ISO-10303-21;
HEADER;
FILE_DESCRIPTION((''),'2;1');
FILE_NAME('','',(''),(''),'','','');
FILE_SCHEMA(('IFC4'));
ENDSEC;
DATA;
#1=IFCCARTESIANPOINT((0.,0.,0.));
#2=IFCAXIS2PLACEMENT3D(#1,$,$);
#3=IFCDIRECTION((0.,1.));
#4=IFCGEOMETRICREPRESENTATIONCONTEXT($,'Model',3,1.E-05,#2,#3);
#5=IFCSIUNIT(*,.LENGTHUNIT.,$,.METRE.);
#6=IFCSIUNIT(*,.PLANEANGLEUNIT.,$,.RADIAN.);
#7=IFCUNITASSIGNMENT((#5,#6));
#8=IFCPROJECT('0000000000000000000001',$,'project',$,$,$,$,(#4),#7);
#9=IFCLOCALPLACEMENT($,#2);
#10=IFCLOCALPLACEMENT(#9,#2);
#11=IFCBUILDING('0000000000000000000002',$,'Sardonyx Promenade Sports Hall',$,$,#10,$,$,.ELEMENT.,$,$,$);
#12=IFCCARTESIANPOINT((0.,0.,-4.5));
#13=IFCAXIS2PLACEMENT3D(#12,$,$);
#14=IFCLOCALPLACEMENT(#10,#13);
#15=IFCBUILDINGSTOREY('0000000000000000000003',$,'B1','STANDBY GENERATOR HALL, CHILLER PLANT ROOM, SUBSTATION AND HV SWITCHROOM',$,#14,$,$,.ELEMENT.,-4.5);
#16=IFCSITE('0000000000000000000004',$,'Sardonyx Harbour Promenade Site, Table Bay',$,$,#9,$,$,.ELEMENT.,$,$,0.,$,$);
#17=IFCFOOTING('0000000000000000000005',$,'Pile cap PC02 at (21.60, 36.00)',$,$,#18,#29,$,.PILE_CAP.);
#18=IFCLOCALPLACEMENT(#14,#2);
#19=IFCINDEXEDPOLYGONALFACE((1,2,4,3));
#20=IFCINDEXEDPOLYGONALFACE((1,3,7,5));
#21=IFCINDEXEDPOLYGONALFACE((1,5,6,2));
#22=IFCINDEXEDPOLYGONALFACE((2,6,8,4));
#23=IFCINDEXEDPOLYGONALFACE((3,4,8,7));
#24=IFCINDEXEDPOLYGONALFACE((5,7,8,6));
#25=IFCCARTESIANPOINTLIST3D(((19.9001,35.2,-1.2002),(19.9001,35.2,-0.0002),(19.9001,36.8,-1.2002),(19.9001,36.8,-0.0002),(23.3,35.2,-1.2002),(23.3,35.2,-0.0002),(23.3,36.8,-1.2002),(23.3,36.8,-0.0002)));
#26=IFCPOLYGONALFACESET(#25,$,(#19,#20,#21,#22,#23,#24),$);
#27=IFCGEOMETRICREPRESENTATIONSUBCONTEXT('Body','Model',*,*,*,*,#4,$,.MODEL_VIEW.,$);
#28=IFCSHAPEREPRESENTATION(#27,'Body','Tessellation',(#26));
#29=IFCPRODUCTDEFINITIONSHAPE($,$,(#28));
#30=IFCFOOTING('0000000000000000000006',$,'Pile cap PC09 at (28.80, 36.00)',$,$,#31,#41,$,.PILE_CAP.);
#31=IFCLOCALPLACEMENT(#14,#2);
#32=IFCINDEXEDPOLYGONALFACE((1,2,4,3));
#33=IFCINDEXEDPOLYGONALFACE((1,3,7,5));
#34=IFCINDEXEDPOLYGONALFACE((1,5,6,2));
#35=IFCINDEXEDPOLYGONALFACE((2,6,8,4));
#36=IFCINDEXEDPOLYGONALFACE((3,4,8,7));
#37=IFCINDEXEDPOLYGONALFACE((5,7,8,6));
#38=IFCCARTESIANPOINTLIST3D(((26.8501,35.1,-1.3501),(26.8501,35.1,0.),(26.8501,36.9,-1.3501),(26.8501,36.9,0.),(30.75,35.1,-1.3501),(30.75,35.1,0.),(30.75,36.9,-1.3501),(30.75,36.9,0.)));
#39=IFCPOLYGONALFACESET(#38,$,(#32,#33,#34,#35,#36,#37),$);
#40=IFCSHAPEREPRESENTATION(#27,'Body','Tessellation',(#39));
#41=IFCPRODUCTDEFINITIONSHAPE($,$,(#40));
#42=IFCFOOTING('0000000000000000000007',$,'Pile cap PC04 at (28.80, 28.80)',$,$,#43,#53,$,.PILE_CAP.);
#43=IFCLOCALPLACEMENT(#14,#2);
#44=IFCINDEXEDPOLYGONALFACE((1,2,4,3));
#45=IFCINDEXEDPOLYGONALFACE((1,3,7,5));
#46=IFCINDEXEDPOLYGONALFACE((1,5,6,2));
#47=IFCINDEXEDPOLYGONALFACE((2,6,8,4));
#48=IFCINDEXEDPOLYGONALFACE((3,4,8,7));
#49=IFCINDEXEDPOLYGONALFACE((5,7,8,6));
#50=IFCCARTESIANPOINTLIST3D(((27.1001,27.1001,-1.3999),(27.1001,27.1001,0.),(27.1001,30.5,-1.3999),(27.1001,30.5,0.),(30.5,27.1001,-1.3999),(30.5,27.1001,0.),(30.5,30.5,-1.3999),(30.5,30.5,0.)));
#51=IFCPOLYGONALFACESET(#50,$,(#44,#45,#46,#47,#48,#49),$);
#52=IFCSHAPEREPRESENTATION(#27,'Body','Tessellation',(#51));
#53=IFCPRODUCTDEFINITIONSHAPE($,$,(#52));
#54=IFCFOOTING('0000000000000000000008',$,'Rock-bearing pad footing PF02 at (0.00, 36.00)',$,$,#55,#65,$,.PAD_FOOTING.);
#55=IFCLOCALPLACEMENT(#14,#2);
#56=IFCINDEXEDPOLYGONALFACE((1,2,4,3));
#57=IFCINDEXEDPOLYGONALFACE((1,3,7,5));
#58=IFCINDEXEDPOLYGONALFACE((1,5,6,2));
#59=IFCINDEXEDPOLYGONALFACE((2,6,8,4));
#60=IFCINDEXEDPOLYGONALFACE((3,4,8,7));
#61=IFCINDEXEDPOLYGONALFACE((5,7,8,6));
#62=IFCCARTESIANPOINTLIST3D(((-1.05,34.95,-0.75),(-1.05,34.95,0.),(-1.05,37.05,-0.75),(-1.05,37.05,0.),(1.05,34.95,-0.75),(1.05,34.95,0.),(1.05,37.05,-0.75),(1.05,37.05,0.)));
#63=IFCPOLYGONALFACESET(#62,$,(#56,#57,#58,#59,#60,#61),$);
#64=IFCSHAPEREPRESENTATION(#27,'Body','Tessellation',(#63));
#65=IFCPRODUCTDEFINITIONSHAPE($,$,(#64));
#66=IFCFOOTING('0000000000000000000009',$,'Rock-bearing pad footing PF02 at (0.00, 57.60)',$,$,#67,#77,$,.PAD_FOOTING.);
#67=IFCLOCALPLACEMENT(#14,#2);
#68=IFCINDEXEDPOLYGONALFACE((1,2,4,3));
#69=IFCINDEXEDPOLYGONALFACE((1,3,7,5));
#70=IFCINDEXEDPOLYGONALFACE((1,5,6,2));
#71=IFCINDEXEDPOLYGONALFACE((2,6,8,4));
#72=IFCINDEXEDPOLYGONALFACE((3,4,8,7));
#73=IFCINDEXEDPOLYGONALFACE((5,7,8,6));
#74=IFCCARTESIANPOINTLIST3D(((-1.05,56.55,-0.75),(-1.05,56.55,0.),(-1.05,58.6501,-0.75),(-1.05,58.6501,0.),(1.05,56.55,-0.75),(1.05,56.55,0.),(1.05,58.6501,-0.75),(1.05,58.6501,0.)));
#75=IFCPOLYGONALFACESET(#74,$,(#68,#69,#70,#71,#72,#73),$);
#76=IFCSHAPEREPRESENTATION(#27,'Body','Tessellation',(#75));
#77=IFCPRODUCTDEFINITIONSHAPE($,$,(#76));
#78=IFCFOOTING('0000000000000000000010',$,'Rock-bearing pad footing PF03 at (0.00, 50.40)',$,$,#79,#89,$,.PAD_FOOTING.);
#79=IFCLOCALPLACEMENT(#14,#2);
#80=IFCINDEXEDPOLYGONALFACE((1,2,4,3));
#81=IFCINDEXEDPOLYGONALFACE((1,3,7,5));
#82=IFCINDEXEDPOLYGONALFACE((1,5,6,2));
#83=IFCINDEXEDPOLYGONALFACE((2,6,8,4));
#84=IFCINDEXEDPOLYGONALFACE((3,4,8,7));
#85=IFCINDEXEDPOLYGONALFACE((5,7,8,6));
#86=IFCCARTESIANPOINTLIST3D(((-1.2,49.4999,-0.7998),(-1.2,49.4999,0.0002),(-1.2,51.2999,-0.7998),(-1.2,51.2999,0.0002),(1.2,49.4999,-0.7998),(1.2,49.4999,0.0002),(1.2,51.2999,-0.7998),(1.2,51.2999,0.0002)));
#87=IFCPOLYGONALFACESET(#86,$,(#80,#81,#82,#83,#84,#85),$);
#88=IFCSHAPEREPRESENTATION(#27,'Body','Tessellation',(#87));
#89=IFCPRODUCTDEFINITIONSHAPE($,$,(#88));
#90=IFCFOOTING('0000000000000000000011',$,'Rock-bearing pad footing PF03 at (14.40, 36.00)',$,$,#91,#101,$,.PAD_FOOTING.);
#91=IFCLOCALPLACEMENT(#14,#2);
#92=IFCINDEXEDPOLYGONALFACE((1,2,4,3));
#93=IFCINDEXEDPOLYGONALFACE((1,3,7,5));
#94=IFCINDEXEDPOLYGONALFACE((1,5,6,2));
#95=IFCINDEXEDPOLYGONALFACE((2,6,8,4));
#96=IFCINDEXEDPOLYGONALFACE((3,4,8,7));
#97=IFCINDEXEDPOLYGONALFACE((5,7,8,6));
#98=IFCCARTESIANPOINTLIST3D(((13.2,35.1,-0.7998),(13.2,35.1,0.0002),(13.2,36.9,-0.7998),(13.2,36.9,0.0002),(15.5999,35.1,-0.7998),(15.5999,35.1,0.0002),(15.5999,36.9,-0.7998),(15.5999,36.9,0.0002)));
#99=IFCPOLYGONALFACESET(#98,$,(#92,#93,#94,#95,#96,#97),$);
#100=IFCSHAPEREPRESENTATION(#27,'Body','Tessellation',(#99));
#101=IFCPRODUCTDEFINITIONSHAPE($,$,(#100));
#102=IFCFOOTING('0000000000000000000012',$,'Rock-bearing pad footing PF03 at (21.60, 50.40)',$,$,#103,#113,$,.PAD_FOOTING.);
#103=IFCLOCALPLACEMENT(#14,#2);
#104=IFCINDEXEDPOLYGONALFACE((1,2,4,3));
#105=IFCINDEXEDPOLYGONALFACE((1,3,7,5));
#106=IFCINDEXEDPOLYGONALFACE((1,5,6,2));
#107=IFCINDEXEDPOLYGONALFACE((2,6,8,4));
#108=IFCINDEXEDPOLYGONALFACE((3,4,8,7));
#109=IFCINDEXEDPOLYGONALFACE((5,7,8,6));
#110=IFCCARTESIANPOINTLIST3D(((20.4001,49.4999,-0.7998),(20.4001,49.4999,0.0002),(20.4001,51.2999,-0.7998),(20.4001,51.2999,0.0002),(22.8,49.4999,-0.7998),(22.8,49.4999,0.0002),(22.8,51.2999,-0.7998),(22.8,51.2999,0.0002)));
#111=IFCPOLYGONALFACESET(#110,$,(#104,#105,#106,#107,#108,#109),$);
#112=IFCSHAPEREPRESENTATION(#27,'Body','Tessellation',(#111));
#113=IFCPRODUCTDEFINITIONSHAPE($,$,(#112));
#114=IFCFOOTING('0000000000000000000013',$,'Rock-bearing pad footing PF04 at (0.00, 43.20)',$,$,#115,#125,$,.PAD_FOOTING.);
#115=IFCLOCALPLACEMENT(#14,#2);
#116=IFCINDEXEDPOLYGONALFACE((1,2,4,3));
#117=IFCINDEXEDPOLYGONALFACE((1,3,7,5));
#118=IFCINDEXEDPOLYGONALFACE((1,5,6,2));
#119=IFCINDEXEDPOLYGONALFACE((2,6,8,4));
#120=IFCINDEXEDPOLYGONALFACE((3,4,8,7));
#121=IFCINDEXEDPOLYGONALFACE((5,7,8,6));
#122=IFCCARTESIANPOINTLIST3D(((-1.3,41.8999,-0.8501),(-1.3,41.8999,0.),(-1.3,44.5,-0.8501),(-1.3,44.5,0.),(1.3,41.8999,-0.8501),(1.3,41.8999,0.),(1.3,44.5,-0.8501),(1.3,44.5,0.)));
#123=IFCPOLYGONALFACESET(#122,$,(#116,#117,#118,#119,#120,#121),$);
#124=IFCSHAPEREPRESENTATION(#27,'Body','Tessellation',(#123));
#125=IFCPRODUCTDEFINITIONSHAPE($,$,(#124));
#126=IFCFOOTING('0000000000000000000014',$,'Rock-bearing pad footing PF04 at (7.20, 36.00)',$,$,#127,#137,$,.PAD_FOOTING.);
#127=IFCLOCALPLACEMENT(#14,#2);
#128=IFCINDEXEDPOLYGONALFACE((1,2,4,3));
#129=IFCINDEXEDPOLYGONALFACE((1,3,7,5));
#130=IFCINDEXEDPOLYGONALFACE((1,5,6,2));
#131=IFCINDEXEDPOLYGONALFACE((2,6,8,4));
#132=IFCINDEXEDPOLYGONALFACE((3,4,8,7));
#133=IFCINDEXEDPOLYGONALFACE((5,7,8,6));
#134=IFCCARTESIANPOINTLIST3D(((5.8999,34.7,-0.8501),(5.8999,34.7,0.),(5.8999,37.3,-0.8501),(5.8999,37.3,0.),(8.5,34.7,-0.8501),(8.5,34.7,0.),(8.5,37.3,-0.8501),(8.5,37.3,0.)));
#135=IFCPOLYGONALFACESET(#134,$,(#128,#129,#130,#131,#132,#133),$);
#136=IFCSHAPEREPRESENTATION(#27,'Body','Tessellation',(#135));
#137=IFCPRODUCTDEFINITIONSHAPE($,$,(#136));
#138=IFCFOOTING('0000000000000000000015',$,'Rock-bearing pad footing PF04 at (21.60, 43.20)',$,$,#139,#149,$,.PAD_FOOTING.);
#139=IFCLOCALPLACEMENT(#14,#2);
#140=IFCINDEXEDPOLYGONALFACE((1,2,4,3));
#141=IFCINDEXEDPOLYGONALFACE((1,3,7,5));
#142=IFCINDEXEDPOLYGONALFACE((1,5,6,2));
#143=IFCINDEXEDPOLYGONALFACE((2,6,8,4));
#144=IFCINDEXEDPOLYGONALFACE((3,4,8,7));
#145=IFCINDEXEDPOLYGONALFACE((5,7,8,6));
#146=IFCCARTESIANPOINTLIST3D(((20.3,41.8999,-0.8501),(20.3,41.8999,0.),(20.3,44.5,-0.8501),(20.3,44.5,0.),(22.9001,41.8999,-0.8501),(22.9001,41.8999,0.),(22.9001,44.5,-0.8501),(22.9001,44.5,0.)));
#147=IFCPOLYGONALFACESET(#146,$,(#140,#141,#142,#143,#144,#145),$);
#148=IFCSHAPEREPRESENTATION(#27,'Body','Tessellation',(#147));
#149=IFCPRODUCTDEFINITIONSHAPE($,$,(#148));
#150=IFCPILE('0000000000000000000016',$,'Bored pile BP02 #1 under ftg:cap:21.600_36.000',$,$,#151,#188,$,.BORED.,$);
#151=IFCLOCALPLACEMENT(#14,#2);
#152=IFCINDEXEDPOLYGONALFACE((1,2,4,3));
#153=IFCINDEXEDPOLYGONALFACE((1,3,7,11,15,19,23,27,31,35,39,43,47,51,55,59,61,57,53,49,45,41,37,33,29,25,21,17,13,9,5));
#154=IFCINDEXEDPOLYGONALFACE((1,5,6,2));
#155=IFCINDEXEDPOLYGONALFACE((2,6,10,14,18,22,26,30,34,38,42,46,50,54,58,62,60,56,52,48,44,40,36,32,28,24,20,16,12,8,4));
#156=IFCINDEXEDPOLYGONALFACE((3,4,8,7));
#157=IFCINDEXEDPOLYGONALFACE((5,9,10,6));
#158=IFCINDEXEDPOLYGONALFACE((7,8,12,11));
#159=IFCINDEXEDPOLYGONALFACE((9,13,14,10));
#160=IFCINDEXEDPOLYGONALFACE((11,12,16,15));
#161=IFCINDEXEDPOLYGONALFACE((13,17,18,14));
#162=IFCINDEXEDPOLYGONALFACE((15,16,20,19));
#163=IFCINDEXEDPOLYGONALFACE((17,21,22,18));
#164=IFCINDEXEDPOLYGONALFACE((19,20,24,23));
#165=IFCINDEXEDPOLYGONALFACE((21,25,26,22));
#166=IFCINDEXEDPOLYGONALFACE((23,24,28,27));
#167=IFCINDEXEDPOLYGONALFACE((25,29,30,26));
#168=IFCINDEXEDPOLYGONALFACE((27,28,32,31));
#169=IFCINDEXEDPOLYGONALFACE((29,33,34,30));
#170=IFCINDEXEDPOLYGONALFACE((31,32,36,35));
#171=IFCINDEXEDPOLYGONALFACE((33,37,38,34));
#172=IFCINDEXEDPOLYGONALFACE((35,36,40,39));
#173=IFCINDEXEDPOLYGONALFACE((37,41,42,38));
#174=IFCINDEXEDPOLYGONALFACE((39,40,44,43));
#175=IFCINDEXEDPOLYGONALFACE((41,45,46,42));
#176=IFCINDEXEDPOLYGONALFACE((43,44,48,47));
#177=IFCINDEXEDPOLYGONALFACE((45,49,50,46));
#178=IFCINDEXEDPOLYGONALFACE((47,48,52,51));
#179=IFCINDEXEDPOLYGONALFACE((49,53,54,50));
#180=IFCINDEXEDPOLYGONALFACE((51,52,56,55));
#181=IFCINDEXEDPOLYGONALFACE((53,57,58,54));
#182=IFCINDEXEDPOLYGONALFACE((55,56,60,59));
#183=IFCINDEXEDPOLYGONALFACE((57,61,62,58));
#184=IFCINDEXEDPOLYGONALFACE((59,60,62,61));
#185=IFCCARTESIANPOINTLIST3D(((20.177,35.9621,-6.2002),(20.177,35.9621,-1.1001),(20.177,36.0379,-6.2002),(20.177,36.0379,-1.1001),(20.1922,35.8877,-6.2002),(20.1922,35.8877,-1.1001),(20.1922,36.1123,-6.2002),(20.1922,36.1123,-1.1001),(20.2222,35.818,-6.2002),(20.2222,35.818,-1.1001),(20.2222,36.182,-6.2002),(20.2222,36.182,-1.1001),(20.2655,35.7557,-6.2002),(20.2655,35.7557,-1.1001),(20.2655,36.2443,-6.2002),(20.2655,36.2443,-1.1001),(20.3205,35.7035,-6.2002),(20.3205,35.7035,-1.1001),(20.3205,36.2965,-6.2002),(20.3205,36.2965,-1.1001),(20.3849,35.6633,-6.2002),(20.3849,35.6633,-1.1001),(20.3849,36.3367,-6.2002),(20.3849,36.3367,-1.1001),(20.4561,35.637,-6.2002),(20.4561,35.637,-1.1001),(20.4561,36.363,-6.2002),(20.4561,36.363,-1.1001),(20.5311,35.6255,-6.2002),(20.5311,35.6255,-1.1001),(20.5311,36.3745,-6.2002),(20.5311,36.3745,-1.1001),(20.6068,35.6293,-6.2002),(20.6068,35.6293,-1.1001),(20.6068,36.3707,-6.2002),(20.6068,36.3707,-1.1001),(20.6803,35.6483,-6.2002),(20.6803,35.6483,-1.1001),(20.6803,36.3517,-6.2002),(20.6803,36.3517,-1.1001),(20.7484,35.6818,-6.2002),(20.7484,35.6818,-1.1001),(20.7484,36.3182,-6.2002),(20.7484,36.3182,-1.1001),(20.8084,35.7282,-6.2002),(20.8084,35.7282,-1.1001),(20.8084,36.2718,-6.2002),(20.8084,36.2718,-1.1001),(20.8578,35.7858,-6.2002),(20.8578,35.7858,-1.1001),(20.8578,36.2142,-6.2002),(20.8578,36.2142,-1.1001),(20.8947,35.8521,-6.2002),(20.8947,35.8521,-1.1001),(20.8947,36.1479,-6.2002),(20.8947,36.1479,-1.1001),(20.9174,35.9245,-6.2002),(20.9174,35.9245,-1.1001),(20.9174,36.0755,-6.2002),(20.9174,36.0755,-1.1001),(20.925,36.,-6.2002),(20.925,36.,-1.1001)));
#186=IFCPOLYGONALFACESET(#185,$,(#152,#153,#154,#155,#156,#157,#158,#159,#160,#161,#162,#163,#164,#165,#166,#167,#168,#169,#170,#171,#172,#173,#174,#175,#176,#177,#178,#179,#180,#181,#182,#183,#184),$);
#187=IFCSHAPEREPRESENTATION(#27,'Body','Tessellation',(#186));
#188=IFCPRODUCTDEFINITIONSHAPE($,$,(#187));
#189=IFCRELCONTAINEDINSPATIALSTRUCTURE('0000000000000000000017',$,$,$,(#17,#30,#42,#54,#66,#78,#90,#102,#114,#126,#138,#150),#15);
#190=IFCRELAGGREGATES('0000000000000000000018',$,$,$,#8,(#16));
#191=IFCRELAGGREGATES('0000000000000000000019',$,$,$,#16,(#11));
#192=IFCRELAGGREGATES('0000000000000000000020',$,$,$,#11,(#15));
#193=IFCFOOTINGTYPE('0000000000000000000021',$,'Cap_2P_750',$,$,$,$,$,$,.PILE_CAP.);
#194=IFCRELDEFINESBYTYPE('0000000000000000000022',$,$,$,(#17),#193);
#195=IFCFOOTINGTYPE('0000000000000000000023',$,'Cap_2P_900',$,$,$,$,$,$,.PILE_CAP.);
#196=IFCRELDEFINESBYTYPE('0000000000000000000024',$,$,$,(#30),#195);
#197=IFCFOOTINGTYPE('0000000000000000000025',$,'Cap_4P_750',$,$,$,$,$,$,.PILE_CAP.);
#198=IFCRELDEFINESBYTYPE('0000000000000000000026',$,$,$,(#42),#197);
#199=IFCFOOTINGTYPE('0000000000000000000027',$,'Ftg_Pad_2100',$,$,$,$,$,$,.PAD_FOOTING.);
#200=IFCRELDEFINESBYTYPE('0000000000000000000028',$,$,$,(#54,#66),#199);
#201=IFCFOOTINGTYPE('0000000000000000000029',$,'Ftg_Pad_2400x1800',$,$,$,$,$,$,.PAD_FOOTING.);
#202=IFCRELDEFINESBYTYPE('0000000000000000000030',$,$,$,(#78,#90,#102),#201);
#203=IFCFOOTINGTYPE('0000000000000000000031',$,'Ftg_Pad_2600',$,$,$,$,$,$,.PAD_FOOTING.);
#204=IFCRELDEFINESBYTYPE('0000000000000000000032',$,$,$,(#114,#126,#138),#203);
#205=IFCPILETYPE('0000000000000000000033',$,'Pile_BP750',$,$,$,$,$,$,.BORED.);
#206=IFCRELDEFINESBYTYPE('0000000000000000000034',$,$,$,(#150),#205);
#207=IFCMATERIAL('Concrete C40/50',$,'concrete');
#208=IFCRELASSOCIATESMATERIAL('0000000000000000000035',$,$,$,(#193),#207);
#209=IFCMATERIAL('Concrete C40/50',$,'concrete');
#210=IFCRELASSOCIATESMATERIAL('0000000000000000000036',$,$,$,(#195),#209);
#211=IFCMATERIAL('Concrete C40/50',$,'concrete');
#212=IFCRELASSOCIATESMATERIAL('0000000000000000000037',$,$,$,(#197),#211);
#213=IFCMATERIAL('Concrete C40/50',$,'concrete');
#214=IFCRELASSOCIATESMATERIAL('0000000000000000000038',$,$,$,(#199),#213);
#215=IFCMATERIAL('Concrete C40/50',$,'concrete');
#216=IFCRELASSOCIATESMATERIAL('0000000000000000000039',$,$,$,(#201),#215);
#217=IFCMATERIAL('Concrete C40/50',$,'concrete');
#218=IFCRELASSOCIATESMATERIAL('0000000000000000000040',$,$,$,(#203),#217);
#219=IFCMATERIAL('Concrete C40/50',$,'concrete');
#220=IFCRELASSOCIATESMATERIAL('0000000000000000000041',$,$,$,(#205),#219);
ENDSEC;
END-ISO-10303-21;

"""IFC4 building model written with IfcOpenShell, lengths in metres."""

from ifc_helpers import new_model, si_unit, direction, frame, origin, origin_2d, place, context, subcontext, project, spatial, rectangle, circle, extrude, material, material_profile, profile_set, type_object, element, save


model = new_model("IFC4")

# Units and contexts
model_context = context("Model", 3, precision=1e-05, world=origin(), true_north=direction((0.0, 1.0)))
body_context = subcontext(model_context, "Body", "Model", "MODEL_VIEW")
ifc_project = project(units=[si_unit("LENGTHUNIT", "METRE"), si_unit("PLANEANGLEUNIT", "RADIAN")], contexts=[model_context])

# Site, building, storey
site_placement = place(None, origin())
site = spatial("IfcSite", under=ifc_project, at=site_placement, Name="Sardonyx Harbour Promenade Site, Table Bay", CompositionType="ELEMENT", RefElevation=0.0)
building_placement = place(site_placement, origin())
building = spatial("IfcBuilding", under=site, at=building_placement, Name="Sardonyx Promenade Sports Hall", CompositionType="ELEMENT")
storey_placement = place(building_placement, frame((0.0, 0.0, -4.5)))
storey = spatial("IfcBuildingStorey", under=building, at=storey_placement, Name="B1", Description="STANDBY GENERATOR HALL, CHILLER PLANT ROOM, SUBSTATION AND HV SWITCHROOM", CompositionType="ELEMENT", Elevation=-4.5)

# Footings
ifc_material_1 = material(Name="Concrete C40/50", Category="concrete")
footing_type_1 = type_object("IfcFootingType", Name="Cap_2P_750", PredefinedType="PILE_CAP", material=ifc_material_1)
footing_1_placement = place(storey_placement, frame((21.6001, 36.0, -1.2002), z_axis=(0.0, 0.0, 1.0), x_axis=(1.0, 0.0, 0.0)))
element("IfcFooting", 1, at=footing_1_placement, inside=storey, type_object=footing_type_1, Name="Pile cap PC02 at (21.60, 36.00)", PredefinedType="PILE_CAP", context=body_context, shape_type="SweptSolid", body=[
    extrude(rectangle(XDim=3.3999, YDim=1.6001, at=origin_2d()), origin(), (0.0, 0.0, 1.0), 1.2),
])
ifc_material_2 = material(Name="Concrete C40/50", Category="concrete")
footing_type_2 = type_object("IfcFootingType", Name="Cap_2P_900", PredefinedType="PILE_CAP", material=ifc_material_2)
footing_2_placement = place(storey_placement, frame((28.8, 36.0, -1.3501), z_axis=(0.0, 0.0, 1.0), x_axis=(1.0, 0.0, 0.0)))
element("IfcFooting", 2, at=footing_2_placement, inside=storey, type_object=footing_type_2, Name="Pile cap PC09 at (28.80, 36.00)", PredefinedType="PILE_CAP", context=body_context, shape_type="SweptSolid", body=[
    extrude(rectangle(XDim=3.8999, YDim=1.8, at=origin_2d()), origin(), (0.0, 0.0, 1.0), 1.3501),
])
ifc_material_3 = material(Name="Concrete C40/50", Category="concrete")
footing_type_3 = type_object("IfcFootingType", Name="Cap_4P_750", PredefinedType="PILE_CAP", material=ifc_material_3)
footing_3_placement = place(storey_placement, frame((28.8, 28.8, -1.3999), z_axis=(0.0, 0.0, 1.0), x_axis=(1.0, 0.0, 0.0)))
element("IfcFooting", 3, at=footing_3_placement, inside=storey, type_object=footing_type_3, Name="Pile cap PC04 at (28.80, 28.80)", PredefinedType="PILE_CAP", context=body_context, shape_type="SweptSolid", body=[
    extrude(rectangle(XDim=3.3999, YDim=3.3999, at=origin_2d()), origin(), (0.0, 0.0, 1.0), 1.3999),
])
ifc_material_4 = material(Name="Concrete C40/50", Category="concrete")
footing_type_4 = type_object("IfcFootingType", Name="Ftg_Pad_2100", PredefinedType="PAD_FOOTING", material=ifc_material_4)
for number, where, z_axis, x_axis, name in (
    (4, (0.0, 36.0, -0.75), (0.0, 0.0, 1.0), (1.0, 0.0, 0.0), "Rock-bearing pad footing PF02 at (0.00, 36.00)"),
    (5, (0.0, 57.6001, -0.75), (0.0, 0.0, 1.0), (1.0, 0.0, 0.0), "Rock-bearing pad footing PF02 at (0.00, 57.60)"),
):
    element("IfcFooting", number, at=place(storey_placement, frame(where, z_axis=z_axis, x_axis=x_axis)), inside=storey, type_object=footing_type_4, Name=name, PredefinedType="PAD_FOOTING", context=body_context, shape_type="SweptSolid", body=[
        extrude(rectangle(XDim=2.1001, YDim=2.1001, at=origin_2d()), origin(), (0.0, 0.0, 1.0), 0.75),
    ])
ifc_material_5 = material(Name="Concrete C40/50", Category="concrete")
footing_type_5 = type_object("IfcFootingType", Name="Ftg_Pad_2400x1800", PredefinedType="PAD_FOOTING", material=ifc_material_5)
for number, where, z_axis, x_axis, name in (
    (6, (0.0, 50.3999, -0.7998), (0.0, 0.0, 1.0), (1.0, 0.0, 0.0), "Rock-bearing pad footing PF03 at (0.00, 50.40)"),
    (7, (14.3999, 36.0, -0.7998), (0.0, 0.0, 1.0), (1.0, 0.0, 0.0), "Rock-bearing pad footing PF03 at (14.40, 36.00)"),
    (8, (21.6001, 50.3999, -0.7998), (0.0, 0.0, 1.0), (1.0, 0.0, 0.0), "Rock-bearing pad footing PF03 at (21.60, 50.40)"),
):
    element("IfcFooting", number, at=place(storey_placement, frame(where, z_axis=z_axis, x_axis=x_axis)), inside=storey, type_object=footing_type_5, Name=name, PredefinedType="PAD_FOOTING", context=body_context, shape_type="SweptSolid", body=[
        extrude(rectangle(XDim=2.3999, YDim=1.8, at=origin_2d()), origin(), (0.0, 0.0, 1.0), 0.8),
    ])
ifc_material_6 = material(Name="Concrete C40/50", Category="concrete")
footing_type_6 = type_object("IfcFootingType", Name="Ftg_Pad_2600", PredefinedType="PAD_FOOTING", material=ifc_material_6)
for number, where, z_axis, x_axis, name in (
    (9, (0.0, 43.2, -0.8501), (0.0, 0.0, 1.0), (1.0, 0.0, 0.0), "Rock-bearing pad footing PF04 at (0.00, 43.20)"),
    (10, (7.2, 36.0, -0.8501), (0.0, 0.0, 1.0), (1.0, 0.0, 0.0), "Rock-bearing pad footing PF04 at (7.20, 36.00)"),
    (11, (21.6001, 43.2, -0.8501), (0.0, 0.0, 1.0), (1.0, 0.0, 0.0), "Rock-bearing pad footing PF04 at (21.60, 43.20)"),
):
    element("IfcFooting", number, at=place(storey_placement, frame(where, z_axis=z_axis, x_axis=x_axis)), inside=storey, type_object=footing_type_6, Name=name, PredefinedType="PAD_FOOTING", context=body_context, shape_type="SweptSolid", body=[
        extrude(rectangle(XDim=2.6001, YDim=2.6001, at=origin_2d()), origin(), (0.0, 0.0, 1.0), 0.8501),
    ])

# Pile
ifc_material_7 = material(Name="Concrete C40/50", Category="concrete")
ifc_material_profile_1 = material_profile(ifc_material_7, circle(Radius=0.375, at=origin_2d()))
ifc_profile_set_1 = profile_set([ifc_material_profile_1], Name="Concrete C40/50")
pile_type_1 = type_object("IfcPileType", Name="Pile_BP750", PredefinedType="BORED", material=ifc_profile_set_1)
for number, where, z_axis, x_axis, name in (
    (12, (20.55, 36.0, -1.1001), (0.0, 0.0, -1.0), (1.0, 0.0, 0.0), "Bored pile BP02 #1 under ftg:cap:21.600_36.000"),
):
    element("IfcPile", number, at=place(storey_placement, frame(where, z_axis=z_axis, x_axis=x_axis)), inside=storey, type_object=pile_type_1, Name=name, PredefinedType="BORED", context=body_context, shape_type="SweptSolid", body=[
        extrude(circle(Radius=0.375, at=origin_2d()), origin(), (0.0, 0.0, 1.0), 5.1001),
    ])

save(model, "model.ifc")
